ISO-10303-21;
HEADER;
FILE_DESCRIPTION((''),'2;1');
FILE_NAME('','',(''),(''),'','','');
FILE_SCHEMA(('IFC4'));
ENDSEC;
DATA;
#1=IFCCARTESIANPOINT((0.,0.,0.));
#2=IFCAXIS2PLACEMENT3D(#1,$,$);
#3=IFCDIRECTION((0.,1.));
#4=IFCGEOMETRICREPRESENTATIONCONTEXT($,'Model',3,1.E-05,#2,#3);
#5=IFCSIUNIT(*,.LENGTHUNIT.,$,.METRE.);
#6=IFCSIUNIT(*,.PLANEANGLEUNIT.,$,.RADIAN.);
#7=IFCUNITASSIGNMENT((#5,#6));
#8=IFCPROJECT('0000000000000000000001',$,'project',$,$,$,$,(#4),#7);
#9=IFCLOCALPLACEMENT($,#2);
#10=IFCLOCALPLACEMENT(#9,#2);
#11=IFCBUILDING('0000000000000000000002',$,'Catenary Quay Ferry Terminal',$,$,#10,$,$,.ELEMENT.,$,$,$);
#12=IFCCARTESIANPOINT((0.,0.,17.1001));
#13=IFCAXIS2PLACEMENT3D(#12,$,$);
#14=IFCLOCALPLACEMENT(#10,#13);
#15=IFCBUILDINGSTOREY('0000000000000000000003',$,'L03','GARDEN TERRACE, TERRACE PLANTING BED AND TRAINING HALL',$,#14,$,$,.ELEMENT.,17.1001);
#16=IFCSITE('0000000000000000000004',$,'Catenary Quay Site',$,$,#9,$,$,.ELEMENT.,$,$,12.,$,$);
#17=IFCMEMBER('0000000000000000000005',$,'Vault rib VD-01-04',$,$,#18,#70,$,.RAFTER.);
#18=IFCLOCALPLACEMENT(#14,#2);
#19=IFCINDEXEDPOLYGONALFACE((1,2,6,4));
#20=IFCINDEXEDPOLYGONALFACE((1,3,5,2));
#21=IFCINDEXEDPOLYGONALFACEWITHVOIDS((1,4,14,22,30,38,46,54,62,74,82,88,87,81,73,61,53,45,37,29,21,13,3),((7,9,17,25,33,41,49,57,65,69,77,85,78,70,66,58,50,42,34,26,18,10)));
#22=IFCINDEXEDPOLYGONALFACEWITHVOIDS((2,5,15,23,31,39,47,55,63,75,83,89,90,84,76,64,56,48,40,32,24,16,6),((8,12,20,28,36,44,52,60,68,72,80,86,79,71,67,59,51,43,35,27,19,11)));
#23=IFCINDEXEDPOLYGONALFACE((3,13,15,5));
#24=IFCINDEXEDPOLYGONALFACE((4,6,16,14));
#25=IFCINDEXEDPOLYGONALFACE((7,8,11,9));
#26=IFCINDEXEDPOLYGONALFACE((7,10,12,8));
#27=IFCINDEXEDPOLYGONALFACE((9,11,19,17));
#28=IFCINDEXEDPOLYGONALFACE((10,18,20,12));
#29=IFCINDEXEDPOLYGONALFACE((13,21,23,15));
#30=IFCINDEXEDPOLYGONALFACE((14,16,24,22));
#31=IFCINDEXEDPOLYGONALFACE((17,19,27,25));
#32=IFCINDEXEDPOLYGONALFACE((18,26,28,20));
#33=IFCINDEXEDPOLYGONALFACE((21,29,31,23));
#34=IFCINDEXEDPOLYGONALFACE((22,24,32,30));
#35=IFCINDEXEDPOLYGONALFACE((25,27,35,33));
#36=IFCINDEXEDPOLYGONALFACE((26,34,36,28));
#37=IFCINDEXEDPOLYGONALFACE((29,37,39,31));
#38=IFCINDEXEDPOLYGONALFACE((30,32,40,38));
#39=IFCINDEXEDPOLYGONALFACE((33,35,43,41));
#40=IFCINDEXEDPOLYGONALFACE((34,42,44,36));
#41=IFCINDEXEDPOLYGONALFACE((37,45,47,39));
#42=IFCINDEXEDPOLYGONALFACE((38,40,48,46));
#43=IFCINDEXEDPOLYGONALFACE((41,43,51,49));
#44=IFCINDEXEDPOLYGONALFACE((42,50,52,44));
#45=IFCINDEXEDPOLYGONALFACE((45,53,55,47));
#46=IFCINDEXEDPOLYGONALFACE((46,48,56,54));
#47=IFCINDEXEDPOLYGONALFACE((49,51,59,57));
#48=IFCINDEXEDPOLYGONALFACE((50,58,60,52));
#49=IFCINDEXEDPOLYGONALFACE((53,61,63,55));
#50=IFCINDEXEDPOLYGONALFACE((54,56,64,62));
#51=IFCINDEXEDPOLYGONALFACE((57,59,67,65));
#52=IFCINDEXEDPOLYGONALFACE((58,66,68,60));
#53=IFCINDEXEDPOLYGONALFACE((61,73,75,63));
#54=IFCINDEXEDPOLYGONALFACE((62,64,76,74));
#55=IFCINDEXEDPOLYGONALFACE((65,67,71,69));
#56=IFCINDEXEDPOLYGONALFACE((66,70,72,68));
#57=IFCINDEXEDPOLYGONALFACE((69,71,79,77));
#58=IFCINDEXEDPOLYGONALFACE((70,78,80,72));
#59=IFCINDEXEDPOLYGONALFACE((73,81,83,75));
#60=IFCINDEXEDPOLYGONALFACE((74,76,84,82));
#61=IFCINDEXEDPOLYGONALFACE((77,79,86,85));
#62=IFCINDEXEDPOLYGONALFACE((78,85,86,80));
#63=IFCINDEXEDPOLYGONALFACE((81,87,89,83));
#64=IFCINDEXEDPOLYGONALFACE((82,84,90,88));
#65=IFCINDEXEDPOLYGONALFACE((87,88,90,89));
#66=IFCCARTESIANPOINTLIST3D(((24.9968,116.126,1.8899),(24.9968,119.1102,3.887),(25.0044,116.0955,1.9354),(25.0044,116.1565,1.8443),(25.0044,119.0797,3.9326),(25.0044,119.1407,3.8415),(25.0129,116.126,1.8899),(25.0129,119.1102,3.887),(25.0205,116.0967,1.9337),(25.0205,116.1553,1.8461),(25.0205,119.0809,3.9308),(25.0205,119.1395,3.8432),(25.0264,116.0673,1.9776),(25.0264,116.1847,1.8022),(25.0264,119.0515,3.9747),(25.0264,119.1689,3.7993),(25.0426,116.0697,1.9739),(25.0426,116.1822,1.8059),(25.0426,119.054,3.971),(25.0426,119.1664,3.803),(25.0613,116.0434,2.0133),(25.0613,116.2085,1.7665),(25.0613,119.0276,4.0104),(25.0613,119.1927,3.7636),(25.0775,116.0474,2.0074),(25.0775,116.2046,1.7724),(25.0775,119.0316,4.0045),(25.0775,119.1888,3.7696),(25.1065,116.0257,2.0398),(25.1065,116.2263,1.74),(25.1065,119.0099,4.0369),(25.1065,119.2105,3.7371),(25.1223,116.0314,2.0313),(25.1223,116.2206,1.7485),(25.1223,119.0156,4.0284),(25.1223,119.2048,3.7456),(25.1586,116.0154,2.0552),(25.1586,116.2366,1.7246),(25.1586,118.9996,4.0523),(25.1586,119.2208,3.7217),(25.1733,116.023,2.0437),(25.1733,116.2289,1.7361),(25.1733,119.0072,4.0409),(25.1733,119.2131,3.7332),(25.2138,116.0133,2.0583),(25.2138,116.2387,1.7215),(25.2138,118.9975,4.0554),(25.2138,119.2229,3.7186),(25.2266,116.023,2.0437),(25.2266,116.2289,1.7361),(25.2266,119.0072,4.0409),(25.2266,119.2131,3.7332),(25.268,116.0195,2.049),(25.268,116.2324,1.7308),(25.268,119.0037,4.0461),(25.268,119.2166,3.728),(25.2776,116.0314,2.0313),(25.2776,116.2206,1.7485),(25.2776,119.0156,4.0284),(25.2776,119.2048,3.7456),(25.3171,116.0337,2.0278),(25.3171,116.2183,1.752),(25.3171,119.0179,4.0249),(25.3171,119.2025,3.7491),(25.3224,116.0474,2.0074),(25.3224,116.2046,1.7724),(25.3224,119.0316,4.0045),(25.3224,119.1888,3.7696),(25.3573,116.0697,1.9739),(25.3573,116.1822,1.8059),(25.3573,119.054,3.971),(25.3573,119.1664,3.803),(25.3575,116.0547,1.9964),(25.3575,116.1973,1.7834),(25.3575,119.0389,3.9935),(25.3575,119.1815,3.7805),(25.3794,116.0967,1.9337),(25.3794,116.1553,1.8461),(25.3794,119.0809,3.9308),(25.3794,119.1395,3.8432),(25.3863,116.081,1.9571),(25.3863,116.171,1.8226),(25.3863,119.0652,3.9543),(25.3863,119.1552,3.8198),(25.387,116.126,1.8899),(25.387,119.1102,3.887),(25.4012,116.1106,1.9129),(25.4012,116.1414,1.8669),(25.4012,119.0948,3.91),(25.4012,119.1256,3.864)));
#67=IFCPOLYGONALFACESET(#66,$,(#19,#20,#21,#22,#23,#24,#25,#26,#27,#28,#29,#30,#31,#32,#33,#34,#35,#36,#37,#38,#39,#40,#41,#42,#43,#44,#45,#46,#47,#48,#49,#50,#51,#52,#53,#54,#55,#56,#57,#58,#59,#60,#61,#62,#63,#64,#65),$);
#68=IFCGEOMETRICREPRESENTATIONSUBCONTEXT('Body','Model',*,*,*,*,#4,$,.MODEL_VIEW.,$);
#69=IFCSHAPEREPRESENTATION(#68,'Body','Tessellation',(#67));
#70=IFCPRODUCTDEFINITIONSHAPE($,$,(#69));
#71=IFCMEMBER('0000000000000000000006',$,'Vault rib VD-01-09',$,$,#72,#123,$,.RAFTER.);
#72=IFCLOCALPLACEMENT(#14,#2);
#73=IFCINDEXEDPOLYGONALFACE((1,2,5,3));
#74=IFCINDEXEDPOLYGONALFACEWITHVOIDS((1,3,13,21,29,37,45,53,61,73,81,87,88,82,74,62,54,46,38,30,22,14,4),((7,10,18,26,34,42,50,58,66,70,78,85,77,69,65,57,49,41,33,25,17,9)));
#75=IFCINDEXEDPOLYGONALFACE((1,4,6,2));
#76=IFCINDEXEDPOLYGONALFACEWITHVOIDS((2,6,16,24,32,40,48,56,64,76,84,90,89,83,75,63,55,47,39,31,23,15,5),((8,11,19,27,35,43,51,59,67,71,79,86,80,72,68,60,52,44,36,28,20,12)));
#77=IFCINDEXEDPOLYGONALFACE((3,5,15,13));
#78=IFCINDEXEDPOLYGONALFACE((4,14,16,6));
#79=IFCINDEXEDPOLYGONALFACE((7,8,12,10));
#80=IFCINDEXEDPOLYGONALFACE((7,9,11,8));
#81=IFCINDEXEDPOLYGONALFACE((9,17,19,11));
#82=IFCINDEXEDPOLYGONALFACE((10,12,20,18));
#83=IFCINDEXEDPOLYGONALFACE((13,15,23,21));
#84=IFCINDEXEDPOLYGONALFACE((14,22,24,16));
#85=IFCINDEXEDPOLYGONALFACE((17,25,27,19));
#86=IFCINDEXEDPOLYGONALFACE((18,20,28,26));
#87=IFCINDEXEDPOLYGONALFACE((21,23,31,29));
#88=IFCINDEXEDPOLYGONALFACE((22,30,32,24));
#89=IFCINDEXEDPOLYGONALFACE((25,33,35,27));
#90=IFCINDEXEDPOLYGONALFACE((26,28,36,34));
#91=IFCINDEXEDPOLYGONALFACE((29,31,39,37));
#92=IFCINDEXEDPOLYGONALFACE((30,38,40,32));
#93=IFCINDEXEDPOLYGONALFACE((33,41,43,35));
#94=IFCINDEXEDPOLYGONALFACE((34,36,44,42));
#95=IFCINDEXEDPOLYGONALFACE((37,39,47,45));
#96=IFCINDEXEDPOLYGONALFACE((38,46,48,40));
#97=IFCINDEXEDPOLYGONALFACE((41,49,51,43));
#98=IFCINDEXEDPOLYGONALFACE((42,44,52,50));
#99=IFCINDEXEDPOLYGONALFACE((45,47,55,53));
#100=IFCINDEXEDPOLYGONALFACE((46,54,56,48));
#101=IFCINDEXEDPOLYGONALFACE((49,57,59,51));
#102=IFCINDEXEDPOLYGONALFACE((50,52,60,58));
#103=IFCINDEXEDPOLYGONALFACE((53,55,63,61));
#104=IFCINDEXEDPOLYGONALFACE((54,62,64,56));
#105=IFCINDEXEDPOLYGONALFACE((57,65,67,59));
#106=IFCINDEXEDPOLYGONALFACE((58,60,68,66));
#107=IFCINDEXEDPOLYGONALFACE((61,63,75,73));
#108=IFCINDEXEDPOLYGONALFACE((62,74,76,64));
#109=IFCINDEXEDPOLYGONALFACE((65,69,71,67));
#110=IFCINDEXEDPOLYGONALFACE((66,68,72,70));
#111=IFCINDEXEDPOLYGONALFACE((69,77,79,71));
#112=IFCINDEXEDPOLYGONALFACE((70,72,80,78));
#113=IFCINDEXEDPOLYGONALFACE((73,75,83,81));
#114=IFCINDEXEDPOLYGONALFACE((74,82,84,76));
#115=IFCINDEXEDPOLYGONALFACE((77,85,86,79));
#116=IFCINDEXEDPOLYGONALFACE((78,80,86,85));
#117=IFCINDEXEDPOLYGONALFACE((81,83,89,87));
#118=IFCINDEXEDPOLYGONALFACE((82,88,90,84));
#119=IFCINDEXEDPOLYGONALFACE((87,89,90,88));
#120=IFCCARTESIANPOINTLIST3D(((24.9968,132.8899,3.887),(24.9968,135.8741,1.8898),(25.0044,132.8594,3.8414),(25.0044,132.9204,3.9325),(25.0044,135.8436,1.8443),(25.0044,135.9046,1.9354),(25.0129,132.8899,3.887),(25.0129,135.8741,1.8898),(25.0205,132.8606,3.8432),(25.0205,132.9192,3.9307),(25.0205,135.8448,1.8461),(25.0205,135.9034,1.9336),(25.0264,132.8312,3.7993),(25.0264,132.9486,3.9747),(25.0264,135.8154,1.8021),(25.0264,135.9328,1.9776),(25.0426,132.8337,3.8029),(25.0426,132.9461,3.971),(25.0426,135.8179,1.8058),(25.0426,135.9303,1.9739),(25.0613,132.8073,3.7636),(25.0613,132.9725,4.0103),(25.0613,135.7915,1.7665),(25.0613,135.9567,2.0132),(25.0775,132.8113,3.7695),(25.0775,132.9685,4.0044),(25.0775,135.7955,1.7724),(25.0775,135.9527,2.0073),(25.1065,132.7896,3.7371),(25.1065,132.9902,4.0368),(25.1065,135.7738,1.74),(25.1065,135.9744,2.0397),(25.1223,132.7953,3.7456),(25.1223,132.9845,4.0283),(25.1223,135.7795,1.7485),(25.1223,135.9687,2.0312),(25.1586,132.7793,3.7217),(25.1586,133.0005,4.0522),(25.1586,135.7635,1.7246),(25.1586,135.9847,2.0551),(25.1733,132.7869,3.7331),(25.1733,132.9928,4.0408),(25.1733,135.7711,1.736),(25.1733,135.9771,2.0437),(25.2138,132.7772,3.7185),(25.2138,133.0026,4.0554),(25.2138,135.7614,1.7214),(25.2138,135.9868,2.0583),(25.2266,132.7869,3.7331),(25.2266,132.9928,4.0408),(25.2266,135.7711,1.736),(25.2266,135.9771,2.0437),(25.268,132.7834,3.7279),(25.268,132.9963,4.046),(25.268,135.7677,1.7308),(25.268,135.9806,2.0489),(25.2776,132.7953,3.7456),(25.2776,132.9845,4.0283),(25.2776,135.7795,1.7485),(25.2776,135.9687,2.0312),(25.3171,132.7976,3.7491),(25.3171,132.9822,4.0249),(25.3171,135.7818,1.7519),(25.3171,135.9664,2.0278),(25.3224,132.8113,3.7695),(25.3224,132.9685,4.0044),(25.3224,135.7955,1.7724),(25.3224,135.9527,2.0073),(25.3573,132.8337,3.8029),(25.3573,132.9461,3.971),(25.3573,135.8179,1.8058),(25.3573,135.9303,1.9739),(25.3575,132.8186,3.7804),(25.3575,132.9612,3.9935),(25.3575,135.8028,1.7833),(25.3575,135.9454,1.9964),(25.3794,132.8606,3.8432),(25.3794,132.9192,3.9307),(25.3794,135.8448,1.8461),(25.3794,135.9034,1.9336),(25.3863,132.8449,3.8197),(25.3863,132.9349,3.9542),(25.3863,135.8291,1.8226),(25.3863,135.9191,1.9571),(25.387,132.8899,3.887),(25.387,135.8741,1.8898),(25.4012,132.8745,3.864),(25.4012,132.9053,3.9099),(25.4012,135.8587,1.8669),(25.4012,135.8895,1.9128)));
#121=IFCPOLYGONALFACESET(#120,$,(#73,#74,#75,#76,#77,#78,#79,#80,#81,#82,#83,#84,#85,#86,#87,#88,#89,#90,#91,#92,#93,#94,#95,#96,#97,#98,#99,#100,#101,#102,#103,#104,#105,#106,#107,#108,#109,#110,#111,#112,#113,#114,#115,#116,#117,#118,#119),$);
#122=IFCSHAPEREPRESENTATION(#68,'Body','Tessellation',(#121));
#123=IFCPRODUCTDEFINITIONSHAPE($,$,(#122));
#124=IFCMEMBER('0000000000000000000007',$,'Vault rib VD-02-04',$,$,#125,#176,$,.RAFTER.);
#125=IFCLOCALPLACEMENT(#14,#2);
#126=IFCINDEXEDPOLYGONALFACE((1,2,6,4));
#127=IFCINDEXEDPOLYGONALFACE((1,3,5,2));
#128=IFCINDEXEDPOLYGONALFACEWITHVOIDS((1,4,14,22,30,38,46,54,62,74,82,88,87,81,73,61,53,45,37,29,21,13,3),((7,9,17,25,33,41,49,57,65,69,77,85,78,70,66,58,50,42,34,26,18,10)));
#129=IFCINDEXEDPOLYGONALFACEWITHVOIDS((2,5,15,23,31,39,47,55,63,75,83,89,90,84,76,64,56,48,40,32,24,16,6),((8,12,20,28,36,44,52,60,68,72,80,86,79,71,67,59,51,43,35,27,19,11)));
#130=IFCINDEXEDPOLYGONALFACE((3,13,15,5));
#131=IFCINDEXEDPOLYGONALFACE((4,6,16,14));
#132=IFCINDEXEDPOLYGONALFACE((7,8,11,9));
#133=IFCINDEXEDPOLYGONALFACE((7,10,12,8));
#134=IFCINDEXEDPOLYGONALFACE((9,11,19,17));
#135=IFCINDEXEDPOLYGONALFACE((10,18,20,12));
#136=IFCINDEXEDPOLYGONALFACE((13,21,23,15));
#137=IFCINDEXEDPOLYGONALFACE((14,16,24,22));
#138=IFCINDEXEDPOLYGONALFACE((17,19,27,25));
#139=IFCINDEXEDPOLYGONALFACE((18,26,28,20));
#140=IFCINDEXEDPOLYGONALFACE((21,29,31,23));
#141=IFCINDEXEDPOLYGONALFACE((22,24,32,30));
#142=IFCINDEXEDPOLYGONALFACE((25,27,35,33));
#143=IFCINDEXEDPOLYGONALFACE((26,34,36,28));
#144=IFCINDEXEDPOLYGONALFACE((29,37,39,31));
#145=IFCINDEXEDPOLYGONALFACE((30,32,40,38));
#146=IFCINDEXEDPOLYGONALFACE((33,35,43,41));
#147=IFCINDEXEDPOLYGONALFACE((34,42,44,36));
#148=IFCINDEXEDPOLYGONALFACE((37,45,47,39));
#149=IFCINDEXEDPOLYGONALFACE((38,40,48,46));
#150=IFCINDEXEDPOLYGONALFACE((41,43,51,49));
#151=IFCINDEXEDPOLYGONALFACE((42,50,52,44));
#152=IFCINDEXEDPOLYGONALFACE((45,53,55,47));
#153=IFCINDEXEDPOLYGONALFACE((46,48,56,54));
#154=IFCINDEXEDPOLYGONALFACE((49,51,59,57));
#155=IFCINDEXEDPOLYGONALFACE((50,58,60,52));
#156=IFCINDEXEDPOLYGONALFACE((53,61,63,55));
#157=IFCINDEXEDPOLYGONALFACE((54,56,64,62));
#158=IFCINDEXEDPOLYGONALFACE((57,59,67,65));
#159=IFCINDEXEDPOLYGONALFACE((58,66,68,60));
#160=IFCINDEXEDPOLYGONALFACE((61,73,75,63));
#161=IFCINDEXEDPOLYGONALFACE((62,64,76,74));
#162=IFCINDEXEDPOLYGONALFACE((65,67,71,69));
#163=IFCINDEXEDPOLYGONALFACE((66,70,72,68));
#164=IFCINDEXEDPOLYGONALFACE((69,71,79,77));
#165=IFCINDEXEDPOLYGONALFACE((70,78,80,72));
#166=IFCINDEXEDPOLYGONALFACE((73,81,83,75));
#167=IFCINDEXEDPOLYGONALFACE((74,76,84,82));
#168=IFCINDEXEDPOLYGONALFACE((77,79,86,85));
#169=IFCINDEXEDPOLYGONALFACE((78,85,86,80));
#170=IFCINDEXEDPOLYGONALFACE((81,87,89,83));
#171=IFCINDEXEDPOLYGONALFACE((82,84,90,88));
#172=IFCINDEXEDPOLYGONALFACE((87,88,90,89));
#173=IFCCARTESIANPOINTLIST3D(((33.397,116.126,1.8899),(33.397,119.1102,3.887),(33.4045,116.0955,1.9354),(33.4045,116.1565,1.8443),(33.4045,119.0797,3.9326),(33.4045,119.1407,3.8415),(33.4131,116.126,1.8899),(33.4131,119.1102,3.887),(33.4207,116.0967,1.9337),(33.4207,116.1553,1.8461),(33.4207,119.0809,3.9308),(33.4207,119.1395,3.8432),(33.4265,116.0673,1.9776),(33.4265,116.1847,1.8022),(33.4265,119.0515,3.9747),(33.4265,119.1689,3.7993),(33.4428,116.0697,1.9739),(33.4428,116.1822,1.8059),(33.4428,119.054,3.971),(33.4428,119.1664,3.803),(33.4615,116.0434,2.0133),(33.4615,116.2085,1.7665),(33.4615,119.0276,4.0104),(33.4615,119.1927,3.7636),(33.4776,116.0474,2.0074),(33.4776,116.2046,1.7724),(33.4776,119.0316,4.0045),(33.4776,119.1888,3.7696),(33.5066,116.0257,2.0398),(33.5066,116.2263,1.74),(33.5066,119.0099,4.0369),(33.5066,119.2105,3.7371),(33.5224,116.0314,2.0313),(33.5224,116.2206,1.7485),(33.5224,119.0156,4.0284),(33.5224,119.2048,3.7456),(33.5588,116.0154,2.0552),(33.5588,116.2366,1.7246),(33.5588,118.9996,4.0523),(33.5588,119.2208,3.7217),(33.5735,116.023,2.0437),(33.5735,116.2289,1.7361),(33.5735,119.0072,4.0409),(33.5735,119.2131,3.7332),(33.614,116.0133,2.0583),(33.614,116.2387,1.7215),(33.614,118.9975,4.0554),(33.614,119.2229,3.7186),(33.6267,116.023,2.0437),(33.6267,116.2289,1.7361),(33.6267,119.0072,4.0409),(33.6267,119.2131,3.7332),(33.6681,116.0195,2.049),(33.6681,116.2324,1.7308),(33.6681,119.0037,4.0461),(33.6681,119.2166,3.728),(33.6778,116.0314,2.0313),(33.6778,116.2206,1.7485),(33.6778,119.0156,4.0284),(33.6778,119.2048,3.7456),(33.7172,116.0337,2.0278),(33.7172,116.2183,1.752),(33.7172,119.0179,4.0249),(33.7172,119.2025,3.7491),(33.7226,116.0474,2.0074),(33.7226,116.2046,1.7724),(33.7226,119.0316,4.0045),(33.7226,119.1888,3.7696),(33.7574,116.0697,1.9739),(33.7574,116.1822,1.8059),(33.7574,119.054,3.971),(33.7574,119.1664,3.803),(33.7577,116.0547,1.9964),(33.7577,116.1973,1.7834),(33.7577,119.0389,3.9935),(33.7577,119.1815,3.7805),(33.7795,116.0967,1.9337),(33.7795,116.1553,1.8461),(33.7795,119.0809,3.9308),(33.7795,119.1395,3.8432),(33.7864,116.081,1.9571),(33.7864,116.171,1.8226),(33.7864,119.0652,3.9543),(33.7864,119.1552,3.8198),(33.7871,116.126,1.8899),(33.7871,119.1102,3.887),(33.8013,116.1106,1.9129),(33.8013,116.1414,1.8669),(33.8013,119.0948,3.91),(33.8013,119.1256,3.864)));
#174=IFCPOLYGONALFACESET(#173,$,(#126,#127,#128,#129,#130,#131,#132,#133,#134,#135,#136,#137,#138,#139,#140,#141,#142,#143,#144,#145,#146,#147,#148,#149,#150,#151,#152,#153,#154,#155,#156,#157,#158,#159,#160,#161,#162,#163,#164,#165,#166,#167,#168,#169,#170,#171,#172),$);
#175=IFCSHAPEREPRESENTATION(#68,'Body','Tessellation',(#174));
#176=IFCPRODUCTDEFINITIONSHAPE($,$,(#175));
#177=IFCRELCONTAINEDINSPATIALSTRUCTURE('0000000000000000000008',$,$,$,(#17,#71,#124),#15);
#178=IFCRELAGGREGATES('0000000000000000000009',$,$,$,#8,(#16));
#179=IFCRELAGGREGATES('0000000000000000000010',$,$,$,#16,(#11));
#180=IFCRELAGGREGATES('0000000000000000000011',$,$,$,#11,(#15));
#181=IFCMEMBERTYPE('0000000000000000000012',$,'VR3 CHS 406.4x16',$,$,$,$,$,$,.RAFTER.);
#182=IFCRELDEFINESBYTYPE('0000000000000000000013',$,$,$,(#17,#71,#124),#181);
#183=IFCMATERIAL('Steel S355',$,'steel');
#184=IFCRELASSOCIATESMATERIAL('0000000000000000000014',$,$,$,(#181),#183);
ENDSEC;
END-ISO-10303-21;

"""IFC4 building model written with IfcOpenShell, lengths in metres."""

from ifc_helpers import new_model, si_unit, direction, frame, origin, origin_2d, place, context, subcontext, project, spatial, hollow_circle, extrude, material, material_profile, profile_set, type_object, element, save


model = new_model("IFC4")

# Units and contexts
model_context = context("Model", 3, precision=1e-05, world=origin(), true_north=direction((0.0, 1.0)))
body_context = subcontext(model_context, "Body", "Model", "MODEL_VIEW")
ifc_project = project(units=[si_unit("LENGTHUNIT", "METRE"), si_unit("PLANEANGLEUNIT", "RADIAN")], contexts=[model_context])

# Site, building, storey
site_placement = place(None, origin())
site = spatial("IfcSite", under=ifc_project, at=site_placement, Name="Catenary Quay Site", CompositionType="ELEMENT", RefElevation=12.0)
building_placement = place(site_placement, origin())
building = spatial("IfcBuilding", under=site, at=building_placement, Name="Catenary Quay Ferry Terminal", CompositionType="ELEMENT")
storey_placement = place(building_placement, frame((0.0, 0.0, 17.1001)))
storey = spatial("IfcBuildingStorey", under=building, at=storey_placement, Name="L03", Description="GARDEN TERRACE, TERRACE PLANTING BED AND TRAINING HALL", CompositionType="ELEMENT", Elevation=17.1001)

# Members
ifc_material_1 = material(Name="Steel S355", Category="steel")
ifc_material_profile_1 = material_profile(ifc_material_1, hollow_circle(Radius=0.2031, WallThickness=0.0161, at=origin_2d()), Name="CHS 406.4x16")
ifc_profile_set_1 = profile_set([ifc_material_profile_1], Name="Steel S355")
member_type_1 = type_object("IfcMemberType", Name="VR3 CHS 406.4x16", PredefinedType="RAFTER", material=ifc_profile_set_1)
for number, where, z_axis, x_axis, name in (
    (1, (25.2, 116.126, 1.8899), (0.0, 0.831066, 0.556174), (-1.0, 0.0, 0.0), "Vault rib VD-01-04"),
    (2, (25.2, 132.8899, 3.887), (0.0, 0.831066, -0.556174), (-1.0, 0.0, 0.0), "Vault rib VD-01-09"),
    (3, (33.6001, 116.126, 1.8899), (0.0, 0.831066, 0.556174), (-1.0, 0.0, 0.0), "Vault rib VD-02-04"),
):
    element("IfcMember", number, at=place(storey_placement, frame(where, z_axis=z_axis, x_axis=x_axis)), inside=storey, type_object=member_type_1, Name=name, PredefinedType="RAFTER", context=body_context, shape_type="SweptSolid", body=[
        extrude(hollow_circle(Radius=0.2031, WallThickness=0.0161, at=origin_2d()), origin(), (0.0, 0.0, 1.0), 3.5908),
    ])

save(model, "model.ifc")
